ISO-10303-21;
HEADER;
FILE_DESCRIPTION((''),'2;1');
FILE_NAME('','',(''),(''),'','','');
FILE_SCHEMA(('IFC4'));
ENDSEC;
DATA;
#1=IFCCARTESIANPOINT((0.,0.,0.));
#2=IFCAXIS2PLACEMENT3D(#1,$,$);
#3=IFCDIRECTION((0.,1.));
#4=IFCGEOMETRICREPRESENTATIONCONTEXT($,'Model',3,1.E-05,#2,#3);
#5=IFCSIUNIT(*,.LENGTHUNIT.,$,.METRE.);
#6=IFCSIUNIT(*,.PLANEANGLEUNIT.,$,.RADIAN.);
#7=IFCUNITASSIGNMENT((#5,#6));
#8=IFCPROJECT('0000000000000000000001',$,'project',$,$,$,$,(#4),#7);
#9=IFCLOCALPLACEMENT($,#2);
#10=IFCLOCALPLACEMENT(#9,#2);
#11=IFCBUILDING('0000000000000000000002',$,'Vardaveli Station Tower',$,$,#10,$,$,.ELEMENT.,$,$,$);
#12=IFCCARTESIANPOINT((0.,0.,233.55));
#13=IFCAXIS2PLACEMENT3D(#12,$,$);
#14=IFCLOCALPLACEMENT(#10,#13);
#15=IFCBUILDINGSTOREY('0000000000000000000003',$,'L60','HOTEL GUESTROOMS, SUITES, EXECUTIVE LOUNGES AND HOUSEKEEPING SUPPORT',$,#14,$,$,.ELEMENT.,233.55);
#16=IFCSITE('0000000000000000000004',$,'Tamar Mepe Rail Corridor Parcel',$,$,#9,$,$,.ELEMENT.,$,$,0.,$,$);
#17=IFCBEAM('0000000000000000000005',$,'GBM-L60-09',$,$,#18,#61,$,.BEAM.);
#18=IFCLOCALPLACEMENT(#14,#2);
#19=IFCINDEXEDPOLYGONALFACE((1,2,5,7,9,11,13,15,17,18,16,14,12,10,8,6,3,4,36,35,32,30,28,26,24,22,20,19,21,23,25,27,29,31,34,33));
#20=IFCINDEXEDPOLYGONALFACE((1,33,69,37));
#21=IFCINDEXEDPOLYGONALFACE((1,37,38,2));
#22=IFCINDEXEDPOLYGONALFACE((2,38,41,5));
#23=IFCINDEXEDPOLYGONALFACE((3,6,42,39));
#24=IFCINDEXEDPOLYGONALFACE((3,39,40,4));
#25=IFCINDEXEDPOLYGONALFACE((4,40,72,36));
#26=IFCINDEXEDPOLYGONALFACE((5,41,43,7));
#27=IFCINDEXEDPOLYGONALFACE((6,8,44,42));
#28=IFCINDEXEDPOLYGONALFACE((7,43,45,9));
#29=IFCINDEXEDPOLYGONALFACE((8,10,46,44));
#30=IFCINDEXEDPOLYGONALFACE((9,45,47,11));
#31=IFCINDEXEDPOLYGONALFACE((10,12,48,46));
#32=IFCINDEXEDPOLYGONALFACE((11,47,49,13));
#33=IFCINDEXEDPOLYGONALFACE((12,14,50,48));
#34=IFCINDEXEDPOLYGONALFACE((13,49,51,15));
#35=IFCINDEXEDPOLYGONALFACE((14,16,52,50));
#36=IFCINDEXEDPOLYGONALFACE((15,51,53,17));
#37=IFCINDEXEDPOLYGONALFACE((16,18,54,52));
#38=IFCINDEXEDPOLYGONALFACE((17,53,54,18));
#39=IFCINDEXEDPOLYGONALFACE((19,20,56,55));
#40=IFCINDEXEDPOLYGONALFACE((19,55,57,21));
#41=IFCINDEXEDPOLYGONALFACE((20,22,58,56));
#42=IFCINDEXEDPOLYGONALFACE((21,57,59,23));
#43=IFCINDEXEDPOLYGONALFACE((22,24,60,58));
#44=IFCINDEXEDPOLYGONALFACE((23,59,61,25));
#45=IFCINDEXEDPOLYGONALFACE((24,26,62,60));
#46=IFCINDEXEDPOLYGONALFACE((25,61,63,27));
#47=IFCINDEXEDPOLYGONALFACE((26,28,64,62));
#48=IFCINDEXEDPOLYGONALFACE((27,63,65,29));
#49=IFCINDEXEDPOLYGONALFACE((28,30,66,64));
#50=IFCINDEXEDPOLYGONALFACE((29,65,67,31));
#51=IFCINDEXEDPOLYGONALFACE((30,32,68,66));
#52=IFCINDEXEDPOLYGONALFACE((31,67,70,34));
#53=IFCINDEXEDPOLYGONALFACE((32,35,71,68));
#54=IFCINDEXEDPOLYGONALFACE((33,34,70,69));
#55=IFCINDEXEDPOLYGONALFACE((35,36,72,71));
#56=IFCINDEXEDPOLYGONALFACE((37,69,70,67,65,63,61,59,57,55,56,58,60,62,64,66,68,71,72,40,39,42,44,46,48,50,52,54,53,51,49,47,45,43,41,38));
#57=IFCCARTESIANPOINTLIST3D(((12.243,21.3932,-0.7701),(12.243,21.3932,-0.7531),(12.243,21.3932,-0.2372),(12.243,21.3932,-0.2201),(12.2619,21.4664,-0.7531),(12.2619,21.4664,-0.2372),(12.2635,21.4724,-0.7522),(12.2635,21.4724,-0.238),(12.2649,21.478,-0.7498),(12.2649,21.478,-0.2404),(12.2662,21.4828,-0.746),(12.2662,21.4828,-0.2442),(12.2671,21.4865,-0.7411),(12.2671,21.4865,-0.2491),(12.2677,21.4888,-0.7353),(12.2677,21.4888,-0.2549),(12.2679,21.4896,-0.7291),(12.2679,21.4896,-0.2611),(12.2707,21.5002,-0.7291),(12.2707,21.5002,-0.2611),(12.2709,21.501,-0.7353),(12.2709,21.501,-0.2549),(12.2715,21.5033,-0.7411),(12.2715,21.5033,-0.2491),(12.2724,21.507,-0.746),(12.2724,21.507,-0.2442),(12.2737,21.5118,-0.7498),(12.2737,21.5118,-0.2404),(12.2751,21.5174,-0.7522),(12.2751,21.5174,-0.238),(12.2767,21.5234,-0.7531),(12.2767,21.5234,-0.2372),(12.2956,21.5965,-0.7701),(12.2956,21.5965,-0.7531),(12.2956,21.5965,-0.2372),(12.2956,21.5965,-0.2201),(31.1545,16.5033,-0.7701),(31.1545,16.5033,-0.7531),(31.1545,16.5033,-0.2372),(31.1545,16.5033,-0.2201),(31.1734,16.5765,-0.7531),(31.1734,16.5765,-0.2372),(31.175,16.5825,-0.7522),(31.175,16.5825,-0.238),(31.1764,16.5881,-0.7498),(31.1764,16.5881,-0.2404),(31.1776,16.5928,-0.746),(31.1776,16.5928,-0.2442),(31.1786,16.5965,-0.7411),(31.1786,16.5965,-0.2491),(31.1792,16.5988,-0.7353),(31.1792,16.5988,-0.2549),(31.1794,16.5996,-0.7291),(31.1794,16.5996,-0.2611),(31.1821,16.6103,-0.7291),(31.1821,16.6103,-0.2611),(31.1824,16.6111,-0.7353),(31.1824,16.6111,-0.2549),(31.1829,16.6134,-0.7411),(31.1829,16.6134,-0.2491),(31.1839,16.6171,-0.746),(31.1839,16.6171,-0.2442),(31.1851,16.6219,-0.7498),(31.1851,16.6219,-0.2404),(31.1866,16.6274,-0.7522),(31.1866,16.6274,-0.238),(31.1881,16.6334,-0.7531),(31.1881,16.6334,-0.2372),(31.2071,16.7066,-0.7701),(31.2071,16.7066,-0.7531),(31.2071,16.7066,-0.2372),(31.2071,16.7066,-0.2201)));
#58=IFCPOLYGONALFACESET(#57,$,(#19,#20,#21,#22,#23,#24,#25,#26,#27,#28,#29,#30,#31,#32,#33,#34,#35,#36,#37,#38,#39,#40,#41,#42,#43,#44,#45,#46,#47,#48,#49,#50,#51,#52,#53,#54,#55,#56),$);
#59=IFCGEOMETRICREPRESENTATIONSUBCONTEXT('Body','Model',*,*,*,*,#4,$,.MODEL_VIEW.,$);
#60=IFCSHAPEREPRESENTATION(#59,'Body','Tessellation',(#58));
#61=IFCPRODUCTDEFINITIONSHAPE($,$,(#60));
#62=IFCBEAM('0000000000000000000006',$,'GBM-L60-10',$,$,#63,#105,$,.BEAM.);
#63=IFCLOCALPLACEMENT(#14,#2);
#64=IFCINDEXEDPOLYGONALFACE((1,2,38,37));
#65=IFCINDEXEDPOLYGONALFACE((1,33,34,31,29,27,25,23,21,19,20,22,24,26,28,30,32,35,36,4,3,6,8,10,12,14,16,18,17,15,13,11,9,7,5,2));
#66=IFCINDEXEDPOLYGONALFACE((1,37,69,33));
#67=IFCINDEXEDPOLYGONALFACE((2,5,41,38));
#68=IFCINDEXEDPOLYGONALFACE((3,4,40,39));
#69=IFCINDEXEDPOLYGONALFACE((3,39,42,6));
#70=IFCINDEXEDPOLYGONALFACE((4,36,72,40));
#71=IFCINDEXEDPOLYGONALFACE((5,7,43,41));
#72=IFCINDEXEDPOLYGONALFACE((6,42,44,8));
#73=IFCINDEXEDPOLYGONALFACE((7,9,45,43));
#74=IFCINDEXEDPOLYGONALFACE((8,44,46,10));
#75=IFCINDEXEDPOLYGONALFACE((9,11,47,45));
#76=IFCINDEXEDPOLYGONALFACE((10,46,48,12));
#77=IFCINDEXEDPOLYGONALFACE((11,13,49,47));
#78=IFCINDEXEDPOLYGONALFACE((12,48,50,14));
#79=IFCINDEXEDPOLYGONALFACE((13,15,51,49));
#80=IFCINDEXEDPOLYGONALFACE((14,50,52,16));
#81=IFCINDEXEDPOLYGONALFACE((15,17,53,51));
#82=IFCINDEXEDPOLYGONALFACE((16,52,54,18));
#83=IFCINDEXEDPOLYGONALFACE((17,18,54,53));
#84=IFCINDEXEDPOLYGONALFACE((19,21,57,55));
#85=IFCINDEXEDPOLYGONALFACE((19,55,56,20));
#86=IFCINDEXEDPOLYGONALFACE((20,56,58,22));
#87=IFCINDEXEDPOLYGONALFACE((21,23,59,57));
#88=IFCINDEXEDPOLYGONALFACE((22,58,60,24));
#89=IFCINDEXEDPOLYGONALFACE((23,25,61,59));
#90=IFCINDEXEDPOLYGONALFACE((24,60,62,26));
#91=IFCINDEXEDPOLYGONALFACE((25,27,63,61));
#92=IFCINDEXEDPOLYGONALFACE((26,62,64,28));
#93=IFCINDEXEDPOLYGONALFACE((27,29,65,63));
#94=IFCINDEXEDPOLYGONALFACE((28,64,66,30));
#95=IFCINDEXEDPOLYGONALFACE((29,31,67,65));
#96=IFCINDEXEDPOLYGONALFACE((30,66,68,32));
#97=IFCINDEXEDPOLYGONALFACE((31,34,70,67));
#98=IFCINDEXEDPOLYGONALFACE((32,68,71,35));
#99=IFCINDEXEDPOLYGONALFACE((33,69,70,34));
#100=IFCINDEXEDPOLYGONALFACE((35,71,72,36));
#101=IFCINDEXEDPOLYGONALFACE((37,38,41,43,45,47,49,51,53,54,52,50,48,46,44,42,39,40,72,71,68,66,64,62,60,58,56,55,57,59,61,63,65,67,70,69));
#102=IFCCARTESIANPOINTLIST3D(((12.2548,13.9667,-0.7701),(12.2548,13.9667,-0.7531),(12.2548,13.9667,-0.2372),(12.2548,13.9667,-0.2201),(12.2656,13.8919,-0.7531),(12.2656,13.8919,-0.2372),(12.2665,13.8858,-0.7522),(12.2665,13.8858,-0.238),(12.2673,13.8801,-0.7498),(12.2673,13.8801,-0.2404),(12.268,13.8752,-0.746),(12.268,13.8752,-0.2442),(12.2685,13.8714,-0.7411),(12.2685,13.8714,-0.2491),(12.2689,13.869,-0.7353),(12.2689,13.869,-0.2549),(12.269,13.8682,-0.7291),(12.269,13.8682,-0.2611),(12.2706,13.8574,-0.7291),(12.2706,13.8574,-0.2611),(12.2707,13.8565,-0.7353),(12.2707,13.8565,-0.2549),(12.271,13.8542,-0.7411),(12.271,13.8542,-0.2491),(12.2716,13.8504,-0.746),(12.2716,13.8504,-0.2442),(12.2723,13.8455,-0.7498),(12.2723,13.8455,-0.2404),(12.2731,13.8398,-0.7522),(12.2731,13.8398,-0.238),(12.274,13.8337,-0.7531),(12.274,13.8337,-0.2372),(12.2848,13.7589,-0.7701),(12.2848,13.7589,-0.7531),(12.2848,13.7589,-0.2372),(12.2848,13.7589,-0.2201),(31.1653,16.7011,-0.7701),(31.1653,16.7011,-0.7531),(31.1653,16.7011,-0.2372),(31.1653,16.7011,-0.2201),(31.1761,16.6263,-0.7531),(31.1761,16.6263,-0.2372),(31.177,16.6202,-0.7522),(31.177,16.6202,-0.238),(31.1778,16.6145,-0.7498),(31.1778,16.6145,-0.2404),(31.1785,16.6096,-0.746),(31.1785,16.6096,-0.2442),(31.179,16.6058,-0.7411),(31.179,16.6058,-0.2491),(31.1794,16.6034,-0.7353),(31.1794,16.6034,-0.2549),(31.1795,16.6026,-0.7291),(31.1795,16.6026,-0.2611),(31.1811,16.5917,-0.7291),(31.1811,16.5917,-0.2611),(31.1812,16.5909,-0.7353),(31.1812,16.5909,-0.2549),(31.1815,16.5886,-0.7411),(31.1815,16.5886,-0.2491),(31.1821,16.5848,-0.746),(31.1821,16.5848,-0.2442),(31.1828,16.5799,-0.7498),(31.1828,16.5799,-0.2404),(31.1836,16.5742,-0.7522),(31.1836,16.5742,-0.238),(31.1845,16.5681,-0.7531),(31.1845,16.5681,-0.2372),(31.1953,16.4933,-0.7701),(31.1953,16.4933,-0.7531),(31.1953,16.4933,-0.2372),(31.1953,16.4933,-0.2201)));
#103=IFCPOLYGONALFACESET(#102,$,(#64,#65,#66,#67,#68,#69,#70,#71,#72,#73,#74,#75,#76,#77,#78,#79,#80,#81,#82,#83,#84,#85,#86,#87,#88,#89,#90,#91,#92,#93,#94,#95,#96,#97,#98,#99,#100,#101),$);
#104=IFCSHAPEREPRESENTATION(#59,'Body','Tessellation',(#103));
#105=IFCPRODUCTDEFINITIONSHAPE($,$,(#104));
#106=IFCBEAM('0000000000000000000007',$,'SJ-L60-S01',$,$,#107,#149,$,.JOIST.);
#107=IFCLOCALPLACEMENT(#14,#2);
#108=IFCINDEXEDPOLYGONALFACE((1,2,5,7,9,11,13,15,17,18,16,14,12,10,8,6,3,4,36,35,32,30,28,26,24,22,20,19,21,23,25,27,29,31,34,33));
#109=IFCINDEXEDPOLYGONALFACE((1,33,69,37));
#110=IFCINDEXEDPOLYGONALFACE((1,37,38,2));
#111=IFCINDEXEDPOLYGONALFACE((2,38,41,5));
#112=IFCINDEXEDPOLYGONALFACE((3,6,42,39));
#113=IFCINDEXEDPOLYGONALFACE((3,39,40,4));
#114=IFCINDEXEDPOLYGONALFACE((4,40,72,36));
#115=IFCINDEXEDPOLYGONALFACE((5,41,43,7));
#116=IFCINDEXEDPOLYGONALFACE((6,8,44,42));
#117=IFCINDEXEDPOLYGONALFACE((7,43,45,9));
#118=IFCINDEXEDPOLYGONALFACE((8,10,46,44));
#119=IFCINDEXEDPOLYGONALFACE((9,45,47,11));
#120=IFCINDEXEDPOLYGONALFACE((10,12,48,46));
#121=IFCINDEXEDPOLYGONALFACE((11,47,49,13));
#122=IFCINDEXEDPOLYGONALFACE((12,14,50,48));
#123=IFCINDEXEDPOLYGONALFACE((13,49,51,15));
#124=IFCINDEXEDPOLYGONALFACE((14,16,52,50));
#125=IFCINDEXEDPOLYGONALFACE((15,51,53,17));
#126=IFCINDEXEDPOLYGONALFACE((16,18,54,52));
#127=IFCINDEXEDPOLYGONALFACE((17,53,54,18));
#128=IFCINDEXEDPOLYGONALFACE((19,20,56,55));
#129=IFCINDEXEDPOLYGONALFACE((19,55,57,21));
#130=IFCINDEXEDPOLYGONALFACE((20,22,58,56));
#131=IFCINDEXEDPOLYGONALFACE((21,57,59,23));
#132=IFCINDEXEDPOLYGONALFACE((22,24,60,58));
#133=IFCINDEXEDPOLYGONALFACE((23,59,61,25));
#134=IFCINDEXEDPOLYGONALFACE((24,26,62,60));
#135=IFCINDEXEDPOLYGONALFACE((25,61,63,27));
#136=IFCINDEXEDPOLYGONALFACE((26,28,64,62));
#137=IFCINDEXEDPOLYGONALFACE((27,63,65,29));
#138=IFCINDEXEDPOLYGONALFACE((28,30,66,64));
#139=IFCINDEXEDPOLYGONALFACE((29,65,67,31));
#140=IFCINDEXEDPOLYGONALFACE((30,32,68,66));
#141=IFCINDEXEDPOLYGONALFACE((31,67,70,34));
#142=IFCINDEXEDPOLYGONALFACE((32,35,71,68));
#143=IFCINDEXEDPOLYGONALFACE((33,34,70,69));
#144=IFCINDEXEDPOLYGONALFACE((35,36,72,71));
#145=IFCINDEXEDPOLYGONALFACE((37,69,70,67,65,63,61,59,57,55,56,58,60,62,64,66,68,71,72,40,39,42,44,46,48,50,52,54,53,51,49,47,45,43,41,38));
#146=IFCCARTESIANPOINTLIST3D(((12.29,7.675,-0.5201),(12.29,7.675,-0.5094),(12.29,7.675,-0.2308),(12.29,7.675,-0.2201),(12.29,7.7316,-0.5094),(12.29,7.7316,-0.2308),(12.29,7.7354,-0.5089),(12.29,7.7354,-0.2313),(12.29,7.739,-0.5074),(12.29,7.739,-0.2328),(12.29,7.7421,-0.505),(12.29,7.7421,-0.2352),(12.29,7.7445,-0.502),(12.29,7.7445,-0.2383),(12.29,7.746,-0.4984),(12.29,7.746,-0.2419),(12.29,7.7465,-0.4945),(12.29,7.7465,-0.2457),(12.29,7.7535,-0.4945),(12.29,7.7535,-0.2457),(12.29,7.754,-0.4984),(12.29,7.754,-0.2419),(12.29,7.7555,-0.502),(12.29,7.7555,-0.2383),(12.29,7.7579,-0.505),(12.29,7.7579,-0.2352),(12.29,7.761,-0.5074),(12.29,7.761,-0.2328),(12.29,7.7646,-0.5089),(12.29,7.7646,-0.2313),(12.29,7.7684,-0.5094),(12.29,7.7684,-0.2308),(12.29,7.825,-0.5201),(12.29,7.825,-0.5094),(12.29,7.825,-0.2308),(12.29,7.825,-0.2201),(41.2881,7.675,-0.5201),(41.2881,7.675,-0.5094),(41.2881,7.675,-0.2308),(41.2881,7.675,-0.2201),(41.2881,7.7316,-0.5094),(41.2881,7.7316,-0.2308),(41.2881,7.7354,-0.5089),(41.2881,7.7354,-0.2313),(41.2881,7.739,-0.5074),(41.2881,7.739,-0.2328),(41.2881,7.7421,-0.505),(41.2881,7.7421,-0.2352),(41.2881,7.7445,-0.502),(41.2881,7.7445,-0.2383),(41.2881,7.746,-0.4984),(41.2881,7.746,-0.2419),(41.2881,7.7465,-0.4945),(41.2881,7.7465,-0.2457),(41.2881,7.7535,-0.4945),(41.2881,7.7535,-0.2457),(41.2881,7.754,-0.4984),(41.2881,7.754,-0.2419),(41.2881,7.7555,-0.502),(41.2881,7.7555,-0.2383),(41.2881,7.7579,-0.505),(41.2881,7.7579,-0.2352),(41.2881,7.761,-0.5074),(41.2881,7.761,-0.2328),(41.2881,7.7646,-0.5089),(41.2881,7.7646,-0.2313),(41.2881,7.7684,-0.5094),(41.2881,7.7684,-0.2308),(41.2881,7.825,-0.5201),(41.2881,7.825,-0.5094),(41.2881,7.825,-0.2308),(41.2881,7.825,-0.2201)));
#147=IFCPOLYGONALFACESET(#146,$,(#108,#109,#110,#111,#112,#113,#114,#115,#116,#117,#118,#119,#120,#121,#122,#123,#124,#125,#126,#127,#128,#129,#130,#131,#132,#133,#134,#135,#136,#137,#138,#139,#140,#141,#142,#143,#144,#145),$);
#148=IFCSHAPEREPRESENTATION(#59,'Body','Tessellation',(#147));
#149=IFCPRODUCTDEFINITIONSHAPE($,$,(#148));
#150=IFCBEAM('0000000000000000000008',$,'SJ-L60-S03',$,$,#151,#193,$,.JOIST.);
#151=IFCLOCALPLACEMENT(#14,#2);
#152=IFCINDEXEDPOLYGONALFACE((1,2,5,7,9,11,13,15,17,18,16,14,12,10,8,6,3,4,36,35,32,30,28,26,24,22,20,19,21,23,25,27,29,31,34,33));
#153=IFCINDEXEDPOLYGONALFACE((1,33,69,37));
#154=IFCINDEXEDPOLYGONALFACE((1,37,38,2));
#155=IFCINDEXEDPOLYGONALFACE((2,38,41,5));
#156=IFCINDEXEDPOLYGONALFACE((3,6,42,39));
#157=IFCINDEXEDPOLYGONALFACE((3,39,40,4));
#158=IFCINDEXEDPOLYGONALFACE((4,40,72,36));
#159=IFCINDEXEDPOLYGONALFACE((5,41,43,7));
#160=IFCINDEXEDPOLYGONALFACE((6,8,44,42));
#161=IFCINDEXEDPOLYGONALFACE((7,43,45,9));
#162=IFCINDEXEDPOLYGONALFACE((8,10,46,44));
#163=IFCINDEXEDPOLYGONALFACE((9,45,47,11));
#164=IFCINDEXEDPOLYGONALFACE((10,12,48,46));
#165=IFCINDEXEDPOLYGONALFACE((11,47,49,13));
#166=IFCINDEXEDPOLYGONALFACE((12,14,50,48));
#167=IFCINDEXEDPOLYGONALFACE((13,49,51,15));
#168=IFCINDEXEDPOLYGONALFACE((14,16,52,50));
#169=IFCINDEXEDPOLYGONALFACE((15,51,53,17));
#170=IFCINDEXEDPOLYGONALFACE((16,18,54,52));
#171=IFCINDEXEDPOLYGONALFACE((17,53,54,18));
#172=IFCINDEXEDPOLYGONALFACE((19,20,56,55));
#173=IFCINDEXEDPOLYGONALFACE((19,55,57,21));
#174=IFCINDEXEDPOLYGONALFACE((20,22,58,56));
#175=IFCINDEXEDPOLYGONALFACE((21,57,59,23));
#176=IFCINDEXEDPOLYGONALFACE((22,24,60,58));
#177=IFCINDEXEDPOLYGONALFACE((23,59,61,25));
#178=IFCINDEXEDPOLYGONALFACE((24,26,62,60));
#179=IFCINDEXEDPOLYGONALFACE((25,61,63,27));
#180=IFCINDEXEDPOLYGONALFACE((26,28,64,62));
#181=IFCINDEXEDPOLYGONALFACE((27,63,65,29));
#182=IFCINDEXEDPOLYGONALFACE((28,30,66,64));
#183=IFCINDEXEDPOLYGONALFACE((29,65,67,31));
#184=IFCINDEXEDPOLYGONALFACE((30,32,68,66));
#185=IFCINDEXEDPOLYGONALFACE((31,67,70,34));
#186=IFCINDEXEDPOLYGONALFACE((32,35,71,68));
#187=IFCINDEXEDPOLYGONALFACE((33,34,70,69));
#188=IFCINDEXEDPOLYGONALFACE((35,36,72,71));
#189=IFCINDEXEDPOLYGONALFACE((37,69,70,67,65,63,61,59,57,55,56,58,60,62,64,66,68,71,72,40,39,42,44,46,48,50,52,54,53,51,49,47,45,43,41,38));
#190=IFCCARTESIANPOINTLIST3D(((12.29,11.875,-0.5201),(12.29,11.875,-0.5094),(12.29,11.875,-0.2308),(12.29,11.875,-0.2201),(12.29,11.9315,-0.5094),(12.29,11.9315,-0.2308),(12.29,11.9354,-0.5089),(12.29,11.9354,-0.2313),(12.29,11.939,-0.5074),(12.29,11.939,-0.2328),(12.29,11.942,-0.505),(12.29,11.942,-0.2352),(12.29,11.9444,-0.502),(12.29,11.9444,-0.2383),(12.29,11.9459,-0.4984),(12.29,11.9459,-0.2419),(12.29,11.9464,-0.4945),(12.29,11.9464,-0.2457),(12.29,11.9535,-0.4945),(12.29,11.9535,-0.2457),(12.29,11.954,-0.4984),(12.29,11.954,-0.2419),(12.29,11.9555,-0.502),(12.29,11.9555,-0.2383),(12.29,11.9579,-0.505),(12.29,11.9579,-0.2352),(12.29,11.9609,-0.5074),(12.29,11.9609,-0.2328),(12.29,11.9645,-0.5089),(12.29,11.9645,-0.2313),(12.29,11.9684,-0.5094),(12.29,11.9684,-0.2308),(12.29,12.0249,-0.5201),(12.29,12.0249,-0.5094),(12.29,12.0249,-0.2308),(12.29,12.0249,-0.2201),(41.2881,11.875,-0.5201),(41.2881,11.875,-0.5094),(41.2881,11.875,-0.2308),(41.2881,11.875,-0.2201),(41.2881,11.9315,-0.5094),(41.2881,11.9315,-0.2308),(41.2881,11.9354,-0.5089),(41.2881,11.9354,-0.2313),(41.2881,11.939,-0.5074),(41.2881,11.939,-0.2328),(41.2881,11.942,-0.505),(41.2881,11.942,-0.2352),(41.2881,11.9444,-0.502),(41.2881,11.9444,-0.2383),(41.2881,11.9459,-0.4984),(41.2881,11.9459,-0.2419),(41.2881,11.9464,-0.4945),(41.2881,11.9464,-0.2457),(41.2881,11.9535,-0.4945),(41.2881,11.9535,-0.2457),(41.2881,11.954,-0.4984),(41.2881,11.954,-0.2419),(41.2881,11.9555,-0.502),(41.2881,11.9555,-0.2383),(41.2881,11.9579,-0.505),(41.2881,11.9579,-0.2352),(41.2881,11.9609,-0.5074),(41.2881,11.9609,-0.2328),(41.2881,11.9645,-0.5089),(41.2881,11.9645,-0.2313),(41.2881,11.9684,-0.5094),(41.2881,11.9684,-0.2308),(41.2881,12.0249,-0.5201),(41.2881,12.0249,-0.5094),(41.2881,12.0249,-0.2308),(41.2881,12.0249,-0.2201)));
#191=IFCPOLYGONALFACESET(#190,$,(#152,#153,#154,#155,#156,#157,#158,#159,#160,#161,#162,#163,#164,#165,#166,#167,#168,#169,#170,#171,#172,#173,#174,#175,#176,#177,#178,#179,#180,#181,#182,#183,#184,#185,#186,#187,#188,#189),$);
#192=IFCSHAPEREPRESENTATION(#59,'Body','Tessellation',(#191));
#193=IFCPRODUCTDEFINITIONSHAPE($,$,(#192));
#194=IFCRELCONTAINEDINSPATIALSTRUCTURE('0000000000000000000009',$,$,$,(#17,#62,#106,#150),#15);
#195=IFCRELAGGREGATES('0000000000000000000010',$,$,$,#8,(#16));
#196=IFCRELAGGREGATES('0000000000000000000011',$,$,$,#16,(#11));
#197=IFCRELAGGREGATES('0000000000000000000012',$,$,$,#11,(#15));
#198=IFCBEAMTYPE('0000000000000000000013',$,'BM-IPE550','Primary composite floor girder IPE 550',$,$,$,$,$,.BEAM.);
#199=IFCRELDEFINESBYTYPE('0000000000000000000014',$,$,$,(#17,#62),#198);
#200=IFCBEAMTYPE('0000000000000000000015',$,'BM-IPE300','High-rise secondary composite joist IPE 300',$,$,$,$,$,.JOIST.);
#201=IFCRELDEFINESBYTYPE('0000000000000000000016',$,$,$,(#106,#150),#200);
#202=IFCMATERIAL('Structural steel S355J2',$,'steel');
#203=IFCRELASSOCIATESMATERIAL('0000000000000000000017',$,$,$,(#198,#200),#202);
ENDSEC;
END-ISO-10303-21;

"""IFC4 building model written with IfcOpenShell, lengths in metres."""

from ifc_helpers import new_model, si_unit, direction, frame, origin, origin_2d, place, context, subcontext, project, spatial, i_section, extrude, source, transform, mapped, material, material_profile, profile_set, type_object, element, save


model = new_model("IFC4")

# Units and contexts
model_context = context("Model", 3, precision=1e-05, world=origin(), true_north=direction((0.0, 1.0)))
body_context = subcontext(model_context, "Body", "Model", "MODEL_VIEW")
ifc_project = project(units=[si_unit("LENGTHUNIT", "METRE"), si_unit("PLANEANGLEUNIT", "RADIAN")], contexts=[model_context])

# Site, building, storey
site_placement = place(None, origin())
site = spatial("IfcSite", under=ifc_project, at=site_placement, Name="Tamar Mepe Rail Corridor Parcel", CompositionType="ELEMENT", RefElevation=0.0)
building_placement = place(site_placement, origin())
building = spatial("IfcBuilding", under=site, at=building_placement, Name="Vardaveli Station Tower", CompositionType="ELEMENT")
storey_placement = place(building_placement, frame((0.0, 0.0, 233.55)))
storey = spatial("IfcBuildingStorey", under=building, at=storey_placement, Name="L60", Description="HOTEL GUESTROOMS, SUITES, EXECUTIVE LOUNGES AND HOUSEKEEPING SUPPORT", CompositionType="ELEMENT", Elevation=233.55)

# Beams
ifc_material_1 = material(Name="Structural steel S355J2", Category="steel")
ifc_material_profile_1 = material_profile(ifc_material_1, i_section(OverallWidth=0.21, OverallDepth=0.55, WebThickness=0.011, FlangeThickness=0.0171, FilletRadius=0.0239, at=origin_2d()), Name="IPE 550")
ifc_profile_set_1 = profile_set([ifc_material_profile_1], Name="Structural steel S355J2")
beam_type_1 = type_object("IfcBeamType", Name="BM-IPE550", Description="Primary composite floor girder IPE 550", PredefinedType="BEAM", material=ifc_profile_set_1)
shared_shape_1 = source(origin(), body_context, "Body", "SweptSolid", [
    extrude(i_section(OverallWidth=0.21, OverallDepth=0.55, WebThickness=0.011, FlangeThickness=0.0171, FilletRadius=0.0239, at=origin_2d()), origin(), (0.0, 0.0, 1.0), 19.5334),
])
beam_1_placement = place(storey_placement, frame((12.2693, 21.4949, -0.4951), z_axis=(0.968159, -0.250336, 0.0), x_axis=(0.250336, 0.968159, 0.0)))
element("IfcBeam", 1, at=beam_1_placement, inside=storey, type_object=beam_type_1, Name="GBM-L60-09", PredefinedType="BEAM", context=body_context, shape_type="MappedRepresentation", body=[
    mapped(shared_shape_1, transform((0.0, 0.0, 0.0), scale=1.0)),
])
shared_shape_2 = source(origin(), body_context, "Body", "SweptSolid", [
    extrude(i_section(OverallWidth=0.21, OverallDepth=0.55, WebThickness=0.011, FlangeThickness=0.0171, FilletRadius=0.0239, at=origin_2d()), origin(), (0.0, 0.0, 1.0), 19.1072),
])
beam_2_placement = place(storey_placement, frame((12.2698, 13.8628, -0.4951), z_axis=(0.989707, 0.143108, 0.0), x_axis=(-0.143108, 0.989707, 0.0)))
element("IfcBeam", 2, at=beam_2_placement, inside=storey, type_object=beam_type_1, Name="GBM-L60-10", PredefinedType="BEAM", context=body_context, shape_type="MappedRepresentation", body=[
    mapped(shared_shape_2, transform((0.0, 0.0, 0.0), scale=1.0)),
])
ifc_material_profile_2 = material_profile(ifc_material_1, i_section(OverallWidth=0.1499, OverallDepth=0.3, WebThickness=0.0071, FlangeThickness=0.0107, FilletRadius=0.0149, at=origin_2d()), Name="IPE 300")
ifc_profile_set_2 = profile_set([ifc_material_profile_2], Name="Structural steel S355J2")
beam_type_2 = type_object("IfcBeamType", Name="BM-IPE300", Description="High-rise secondary composite joist IPE 300", PredefinedType="JOIST", material=ifc_profile_set_2)
shared_shape_3 = source(origin(), body_context, "Body", "SweptSolid", [
    extrude(i_section(OverallWidth=0.1499, OverallDepth=0.3, WebThickness=0.0071, FlangeThickness=0.0107, FilletRadius=0.0149, at=origin_2d()), origin(), (0.0, 0.0, 1.0), 28.998),
])
for number, where, z_axis, x_axis, name in (
    (3, (12.29, 7.75, -0.3701), (1.0, 0.0, 0.0), (0.0, 1.0, 0.0), "SJ-L60-S01"),
    (4, (12.29, 11.95, -0.3701), (1.0, 0.0, 0.0), (0.0, 1.0, 0.0), "SJ-L60-S03"),
):
    element("IfcBeam", number, at=place(storey_placement, frame(where, z_axis=z_axis, x_axis=x_axis)), inside=storey, type_object=beam_type_2, Name=name, PredefinedType="JOIST", context=body_context, shape_type="MappedRepresentation", body=[
        mapped(shared_shape_3, transform((0.0, 0.0, 0.0), scale=1.0)),
    ])

save(model, "model.ifc")
